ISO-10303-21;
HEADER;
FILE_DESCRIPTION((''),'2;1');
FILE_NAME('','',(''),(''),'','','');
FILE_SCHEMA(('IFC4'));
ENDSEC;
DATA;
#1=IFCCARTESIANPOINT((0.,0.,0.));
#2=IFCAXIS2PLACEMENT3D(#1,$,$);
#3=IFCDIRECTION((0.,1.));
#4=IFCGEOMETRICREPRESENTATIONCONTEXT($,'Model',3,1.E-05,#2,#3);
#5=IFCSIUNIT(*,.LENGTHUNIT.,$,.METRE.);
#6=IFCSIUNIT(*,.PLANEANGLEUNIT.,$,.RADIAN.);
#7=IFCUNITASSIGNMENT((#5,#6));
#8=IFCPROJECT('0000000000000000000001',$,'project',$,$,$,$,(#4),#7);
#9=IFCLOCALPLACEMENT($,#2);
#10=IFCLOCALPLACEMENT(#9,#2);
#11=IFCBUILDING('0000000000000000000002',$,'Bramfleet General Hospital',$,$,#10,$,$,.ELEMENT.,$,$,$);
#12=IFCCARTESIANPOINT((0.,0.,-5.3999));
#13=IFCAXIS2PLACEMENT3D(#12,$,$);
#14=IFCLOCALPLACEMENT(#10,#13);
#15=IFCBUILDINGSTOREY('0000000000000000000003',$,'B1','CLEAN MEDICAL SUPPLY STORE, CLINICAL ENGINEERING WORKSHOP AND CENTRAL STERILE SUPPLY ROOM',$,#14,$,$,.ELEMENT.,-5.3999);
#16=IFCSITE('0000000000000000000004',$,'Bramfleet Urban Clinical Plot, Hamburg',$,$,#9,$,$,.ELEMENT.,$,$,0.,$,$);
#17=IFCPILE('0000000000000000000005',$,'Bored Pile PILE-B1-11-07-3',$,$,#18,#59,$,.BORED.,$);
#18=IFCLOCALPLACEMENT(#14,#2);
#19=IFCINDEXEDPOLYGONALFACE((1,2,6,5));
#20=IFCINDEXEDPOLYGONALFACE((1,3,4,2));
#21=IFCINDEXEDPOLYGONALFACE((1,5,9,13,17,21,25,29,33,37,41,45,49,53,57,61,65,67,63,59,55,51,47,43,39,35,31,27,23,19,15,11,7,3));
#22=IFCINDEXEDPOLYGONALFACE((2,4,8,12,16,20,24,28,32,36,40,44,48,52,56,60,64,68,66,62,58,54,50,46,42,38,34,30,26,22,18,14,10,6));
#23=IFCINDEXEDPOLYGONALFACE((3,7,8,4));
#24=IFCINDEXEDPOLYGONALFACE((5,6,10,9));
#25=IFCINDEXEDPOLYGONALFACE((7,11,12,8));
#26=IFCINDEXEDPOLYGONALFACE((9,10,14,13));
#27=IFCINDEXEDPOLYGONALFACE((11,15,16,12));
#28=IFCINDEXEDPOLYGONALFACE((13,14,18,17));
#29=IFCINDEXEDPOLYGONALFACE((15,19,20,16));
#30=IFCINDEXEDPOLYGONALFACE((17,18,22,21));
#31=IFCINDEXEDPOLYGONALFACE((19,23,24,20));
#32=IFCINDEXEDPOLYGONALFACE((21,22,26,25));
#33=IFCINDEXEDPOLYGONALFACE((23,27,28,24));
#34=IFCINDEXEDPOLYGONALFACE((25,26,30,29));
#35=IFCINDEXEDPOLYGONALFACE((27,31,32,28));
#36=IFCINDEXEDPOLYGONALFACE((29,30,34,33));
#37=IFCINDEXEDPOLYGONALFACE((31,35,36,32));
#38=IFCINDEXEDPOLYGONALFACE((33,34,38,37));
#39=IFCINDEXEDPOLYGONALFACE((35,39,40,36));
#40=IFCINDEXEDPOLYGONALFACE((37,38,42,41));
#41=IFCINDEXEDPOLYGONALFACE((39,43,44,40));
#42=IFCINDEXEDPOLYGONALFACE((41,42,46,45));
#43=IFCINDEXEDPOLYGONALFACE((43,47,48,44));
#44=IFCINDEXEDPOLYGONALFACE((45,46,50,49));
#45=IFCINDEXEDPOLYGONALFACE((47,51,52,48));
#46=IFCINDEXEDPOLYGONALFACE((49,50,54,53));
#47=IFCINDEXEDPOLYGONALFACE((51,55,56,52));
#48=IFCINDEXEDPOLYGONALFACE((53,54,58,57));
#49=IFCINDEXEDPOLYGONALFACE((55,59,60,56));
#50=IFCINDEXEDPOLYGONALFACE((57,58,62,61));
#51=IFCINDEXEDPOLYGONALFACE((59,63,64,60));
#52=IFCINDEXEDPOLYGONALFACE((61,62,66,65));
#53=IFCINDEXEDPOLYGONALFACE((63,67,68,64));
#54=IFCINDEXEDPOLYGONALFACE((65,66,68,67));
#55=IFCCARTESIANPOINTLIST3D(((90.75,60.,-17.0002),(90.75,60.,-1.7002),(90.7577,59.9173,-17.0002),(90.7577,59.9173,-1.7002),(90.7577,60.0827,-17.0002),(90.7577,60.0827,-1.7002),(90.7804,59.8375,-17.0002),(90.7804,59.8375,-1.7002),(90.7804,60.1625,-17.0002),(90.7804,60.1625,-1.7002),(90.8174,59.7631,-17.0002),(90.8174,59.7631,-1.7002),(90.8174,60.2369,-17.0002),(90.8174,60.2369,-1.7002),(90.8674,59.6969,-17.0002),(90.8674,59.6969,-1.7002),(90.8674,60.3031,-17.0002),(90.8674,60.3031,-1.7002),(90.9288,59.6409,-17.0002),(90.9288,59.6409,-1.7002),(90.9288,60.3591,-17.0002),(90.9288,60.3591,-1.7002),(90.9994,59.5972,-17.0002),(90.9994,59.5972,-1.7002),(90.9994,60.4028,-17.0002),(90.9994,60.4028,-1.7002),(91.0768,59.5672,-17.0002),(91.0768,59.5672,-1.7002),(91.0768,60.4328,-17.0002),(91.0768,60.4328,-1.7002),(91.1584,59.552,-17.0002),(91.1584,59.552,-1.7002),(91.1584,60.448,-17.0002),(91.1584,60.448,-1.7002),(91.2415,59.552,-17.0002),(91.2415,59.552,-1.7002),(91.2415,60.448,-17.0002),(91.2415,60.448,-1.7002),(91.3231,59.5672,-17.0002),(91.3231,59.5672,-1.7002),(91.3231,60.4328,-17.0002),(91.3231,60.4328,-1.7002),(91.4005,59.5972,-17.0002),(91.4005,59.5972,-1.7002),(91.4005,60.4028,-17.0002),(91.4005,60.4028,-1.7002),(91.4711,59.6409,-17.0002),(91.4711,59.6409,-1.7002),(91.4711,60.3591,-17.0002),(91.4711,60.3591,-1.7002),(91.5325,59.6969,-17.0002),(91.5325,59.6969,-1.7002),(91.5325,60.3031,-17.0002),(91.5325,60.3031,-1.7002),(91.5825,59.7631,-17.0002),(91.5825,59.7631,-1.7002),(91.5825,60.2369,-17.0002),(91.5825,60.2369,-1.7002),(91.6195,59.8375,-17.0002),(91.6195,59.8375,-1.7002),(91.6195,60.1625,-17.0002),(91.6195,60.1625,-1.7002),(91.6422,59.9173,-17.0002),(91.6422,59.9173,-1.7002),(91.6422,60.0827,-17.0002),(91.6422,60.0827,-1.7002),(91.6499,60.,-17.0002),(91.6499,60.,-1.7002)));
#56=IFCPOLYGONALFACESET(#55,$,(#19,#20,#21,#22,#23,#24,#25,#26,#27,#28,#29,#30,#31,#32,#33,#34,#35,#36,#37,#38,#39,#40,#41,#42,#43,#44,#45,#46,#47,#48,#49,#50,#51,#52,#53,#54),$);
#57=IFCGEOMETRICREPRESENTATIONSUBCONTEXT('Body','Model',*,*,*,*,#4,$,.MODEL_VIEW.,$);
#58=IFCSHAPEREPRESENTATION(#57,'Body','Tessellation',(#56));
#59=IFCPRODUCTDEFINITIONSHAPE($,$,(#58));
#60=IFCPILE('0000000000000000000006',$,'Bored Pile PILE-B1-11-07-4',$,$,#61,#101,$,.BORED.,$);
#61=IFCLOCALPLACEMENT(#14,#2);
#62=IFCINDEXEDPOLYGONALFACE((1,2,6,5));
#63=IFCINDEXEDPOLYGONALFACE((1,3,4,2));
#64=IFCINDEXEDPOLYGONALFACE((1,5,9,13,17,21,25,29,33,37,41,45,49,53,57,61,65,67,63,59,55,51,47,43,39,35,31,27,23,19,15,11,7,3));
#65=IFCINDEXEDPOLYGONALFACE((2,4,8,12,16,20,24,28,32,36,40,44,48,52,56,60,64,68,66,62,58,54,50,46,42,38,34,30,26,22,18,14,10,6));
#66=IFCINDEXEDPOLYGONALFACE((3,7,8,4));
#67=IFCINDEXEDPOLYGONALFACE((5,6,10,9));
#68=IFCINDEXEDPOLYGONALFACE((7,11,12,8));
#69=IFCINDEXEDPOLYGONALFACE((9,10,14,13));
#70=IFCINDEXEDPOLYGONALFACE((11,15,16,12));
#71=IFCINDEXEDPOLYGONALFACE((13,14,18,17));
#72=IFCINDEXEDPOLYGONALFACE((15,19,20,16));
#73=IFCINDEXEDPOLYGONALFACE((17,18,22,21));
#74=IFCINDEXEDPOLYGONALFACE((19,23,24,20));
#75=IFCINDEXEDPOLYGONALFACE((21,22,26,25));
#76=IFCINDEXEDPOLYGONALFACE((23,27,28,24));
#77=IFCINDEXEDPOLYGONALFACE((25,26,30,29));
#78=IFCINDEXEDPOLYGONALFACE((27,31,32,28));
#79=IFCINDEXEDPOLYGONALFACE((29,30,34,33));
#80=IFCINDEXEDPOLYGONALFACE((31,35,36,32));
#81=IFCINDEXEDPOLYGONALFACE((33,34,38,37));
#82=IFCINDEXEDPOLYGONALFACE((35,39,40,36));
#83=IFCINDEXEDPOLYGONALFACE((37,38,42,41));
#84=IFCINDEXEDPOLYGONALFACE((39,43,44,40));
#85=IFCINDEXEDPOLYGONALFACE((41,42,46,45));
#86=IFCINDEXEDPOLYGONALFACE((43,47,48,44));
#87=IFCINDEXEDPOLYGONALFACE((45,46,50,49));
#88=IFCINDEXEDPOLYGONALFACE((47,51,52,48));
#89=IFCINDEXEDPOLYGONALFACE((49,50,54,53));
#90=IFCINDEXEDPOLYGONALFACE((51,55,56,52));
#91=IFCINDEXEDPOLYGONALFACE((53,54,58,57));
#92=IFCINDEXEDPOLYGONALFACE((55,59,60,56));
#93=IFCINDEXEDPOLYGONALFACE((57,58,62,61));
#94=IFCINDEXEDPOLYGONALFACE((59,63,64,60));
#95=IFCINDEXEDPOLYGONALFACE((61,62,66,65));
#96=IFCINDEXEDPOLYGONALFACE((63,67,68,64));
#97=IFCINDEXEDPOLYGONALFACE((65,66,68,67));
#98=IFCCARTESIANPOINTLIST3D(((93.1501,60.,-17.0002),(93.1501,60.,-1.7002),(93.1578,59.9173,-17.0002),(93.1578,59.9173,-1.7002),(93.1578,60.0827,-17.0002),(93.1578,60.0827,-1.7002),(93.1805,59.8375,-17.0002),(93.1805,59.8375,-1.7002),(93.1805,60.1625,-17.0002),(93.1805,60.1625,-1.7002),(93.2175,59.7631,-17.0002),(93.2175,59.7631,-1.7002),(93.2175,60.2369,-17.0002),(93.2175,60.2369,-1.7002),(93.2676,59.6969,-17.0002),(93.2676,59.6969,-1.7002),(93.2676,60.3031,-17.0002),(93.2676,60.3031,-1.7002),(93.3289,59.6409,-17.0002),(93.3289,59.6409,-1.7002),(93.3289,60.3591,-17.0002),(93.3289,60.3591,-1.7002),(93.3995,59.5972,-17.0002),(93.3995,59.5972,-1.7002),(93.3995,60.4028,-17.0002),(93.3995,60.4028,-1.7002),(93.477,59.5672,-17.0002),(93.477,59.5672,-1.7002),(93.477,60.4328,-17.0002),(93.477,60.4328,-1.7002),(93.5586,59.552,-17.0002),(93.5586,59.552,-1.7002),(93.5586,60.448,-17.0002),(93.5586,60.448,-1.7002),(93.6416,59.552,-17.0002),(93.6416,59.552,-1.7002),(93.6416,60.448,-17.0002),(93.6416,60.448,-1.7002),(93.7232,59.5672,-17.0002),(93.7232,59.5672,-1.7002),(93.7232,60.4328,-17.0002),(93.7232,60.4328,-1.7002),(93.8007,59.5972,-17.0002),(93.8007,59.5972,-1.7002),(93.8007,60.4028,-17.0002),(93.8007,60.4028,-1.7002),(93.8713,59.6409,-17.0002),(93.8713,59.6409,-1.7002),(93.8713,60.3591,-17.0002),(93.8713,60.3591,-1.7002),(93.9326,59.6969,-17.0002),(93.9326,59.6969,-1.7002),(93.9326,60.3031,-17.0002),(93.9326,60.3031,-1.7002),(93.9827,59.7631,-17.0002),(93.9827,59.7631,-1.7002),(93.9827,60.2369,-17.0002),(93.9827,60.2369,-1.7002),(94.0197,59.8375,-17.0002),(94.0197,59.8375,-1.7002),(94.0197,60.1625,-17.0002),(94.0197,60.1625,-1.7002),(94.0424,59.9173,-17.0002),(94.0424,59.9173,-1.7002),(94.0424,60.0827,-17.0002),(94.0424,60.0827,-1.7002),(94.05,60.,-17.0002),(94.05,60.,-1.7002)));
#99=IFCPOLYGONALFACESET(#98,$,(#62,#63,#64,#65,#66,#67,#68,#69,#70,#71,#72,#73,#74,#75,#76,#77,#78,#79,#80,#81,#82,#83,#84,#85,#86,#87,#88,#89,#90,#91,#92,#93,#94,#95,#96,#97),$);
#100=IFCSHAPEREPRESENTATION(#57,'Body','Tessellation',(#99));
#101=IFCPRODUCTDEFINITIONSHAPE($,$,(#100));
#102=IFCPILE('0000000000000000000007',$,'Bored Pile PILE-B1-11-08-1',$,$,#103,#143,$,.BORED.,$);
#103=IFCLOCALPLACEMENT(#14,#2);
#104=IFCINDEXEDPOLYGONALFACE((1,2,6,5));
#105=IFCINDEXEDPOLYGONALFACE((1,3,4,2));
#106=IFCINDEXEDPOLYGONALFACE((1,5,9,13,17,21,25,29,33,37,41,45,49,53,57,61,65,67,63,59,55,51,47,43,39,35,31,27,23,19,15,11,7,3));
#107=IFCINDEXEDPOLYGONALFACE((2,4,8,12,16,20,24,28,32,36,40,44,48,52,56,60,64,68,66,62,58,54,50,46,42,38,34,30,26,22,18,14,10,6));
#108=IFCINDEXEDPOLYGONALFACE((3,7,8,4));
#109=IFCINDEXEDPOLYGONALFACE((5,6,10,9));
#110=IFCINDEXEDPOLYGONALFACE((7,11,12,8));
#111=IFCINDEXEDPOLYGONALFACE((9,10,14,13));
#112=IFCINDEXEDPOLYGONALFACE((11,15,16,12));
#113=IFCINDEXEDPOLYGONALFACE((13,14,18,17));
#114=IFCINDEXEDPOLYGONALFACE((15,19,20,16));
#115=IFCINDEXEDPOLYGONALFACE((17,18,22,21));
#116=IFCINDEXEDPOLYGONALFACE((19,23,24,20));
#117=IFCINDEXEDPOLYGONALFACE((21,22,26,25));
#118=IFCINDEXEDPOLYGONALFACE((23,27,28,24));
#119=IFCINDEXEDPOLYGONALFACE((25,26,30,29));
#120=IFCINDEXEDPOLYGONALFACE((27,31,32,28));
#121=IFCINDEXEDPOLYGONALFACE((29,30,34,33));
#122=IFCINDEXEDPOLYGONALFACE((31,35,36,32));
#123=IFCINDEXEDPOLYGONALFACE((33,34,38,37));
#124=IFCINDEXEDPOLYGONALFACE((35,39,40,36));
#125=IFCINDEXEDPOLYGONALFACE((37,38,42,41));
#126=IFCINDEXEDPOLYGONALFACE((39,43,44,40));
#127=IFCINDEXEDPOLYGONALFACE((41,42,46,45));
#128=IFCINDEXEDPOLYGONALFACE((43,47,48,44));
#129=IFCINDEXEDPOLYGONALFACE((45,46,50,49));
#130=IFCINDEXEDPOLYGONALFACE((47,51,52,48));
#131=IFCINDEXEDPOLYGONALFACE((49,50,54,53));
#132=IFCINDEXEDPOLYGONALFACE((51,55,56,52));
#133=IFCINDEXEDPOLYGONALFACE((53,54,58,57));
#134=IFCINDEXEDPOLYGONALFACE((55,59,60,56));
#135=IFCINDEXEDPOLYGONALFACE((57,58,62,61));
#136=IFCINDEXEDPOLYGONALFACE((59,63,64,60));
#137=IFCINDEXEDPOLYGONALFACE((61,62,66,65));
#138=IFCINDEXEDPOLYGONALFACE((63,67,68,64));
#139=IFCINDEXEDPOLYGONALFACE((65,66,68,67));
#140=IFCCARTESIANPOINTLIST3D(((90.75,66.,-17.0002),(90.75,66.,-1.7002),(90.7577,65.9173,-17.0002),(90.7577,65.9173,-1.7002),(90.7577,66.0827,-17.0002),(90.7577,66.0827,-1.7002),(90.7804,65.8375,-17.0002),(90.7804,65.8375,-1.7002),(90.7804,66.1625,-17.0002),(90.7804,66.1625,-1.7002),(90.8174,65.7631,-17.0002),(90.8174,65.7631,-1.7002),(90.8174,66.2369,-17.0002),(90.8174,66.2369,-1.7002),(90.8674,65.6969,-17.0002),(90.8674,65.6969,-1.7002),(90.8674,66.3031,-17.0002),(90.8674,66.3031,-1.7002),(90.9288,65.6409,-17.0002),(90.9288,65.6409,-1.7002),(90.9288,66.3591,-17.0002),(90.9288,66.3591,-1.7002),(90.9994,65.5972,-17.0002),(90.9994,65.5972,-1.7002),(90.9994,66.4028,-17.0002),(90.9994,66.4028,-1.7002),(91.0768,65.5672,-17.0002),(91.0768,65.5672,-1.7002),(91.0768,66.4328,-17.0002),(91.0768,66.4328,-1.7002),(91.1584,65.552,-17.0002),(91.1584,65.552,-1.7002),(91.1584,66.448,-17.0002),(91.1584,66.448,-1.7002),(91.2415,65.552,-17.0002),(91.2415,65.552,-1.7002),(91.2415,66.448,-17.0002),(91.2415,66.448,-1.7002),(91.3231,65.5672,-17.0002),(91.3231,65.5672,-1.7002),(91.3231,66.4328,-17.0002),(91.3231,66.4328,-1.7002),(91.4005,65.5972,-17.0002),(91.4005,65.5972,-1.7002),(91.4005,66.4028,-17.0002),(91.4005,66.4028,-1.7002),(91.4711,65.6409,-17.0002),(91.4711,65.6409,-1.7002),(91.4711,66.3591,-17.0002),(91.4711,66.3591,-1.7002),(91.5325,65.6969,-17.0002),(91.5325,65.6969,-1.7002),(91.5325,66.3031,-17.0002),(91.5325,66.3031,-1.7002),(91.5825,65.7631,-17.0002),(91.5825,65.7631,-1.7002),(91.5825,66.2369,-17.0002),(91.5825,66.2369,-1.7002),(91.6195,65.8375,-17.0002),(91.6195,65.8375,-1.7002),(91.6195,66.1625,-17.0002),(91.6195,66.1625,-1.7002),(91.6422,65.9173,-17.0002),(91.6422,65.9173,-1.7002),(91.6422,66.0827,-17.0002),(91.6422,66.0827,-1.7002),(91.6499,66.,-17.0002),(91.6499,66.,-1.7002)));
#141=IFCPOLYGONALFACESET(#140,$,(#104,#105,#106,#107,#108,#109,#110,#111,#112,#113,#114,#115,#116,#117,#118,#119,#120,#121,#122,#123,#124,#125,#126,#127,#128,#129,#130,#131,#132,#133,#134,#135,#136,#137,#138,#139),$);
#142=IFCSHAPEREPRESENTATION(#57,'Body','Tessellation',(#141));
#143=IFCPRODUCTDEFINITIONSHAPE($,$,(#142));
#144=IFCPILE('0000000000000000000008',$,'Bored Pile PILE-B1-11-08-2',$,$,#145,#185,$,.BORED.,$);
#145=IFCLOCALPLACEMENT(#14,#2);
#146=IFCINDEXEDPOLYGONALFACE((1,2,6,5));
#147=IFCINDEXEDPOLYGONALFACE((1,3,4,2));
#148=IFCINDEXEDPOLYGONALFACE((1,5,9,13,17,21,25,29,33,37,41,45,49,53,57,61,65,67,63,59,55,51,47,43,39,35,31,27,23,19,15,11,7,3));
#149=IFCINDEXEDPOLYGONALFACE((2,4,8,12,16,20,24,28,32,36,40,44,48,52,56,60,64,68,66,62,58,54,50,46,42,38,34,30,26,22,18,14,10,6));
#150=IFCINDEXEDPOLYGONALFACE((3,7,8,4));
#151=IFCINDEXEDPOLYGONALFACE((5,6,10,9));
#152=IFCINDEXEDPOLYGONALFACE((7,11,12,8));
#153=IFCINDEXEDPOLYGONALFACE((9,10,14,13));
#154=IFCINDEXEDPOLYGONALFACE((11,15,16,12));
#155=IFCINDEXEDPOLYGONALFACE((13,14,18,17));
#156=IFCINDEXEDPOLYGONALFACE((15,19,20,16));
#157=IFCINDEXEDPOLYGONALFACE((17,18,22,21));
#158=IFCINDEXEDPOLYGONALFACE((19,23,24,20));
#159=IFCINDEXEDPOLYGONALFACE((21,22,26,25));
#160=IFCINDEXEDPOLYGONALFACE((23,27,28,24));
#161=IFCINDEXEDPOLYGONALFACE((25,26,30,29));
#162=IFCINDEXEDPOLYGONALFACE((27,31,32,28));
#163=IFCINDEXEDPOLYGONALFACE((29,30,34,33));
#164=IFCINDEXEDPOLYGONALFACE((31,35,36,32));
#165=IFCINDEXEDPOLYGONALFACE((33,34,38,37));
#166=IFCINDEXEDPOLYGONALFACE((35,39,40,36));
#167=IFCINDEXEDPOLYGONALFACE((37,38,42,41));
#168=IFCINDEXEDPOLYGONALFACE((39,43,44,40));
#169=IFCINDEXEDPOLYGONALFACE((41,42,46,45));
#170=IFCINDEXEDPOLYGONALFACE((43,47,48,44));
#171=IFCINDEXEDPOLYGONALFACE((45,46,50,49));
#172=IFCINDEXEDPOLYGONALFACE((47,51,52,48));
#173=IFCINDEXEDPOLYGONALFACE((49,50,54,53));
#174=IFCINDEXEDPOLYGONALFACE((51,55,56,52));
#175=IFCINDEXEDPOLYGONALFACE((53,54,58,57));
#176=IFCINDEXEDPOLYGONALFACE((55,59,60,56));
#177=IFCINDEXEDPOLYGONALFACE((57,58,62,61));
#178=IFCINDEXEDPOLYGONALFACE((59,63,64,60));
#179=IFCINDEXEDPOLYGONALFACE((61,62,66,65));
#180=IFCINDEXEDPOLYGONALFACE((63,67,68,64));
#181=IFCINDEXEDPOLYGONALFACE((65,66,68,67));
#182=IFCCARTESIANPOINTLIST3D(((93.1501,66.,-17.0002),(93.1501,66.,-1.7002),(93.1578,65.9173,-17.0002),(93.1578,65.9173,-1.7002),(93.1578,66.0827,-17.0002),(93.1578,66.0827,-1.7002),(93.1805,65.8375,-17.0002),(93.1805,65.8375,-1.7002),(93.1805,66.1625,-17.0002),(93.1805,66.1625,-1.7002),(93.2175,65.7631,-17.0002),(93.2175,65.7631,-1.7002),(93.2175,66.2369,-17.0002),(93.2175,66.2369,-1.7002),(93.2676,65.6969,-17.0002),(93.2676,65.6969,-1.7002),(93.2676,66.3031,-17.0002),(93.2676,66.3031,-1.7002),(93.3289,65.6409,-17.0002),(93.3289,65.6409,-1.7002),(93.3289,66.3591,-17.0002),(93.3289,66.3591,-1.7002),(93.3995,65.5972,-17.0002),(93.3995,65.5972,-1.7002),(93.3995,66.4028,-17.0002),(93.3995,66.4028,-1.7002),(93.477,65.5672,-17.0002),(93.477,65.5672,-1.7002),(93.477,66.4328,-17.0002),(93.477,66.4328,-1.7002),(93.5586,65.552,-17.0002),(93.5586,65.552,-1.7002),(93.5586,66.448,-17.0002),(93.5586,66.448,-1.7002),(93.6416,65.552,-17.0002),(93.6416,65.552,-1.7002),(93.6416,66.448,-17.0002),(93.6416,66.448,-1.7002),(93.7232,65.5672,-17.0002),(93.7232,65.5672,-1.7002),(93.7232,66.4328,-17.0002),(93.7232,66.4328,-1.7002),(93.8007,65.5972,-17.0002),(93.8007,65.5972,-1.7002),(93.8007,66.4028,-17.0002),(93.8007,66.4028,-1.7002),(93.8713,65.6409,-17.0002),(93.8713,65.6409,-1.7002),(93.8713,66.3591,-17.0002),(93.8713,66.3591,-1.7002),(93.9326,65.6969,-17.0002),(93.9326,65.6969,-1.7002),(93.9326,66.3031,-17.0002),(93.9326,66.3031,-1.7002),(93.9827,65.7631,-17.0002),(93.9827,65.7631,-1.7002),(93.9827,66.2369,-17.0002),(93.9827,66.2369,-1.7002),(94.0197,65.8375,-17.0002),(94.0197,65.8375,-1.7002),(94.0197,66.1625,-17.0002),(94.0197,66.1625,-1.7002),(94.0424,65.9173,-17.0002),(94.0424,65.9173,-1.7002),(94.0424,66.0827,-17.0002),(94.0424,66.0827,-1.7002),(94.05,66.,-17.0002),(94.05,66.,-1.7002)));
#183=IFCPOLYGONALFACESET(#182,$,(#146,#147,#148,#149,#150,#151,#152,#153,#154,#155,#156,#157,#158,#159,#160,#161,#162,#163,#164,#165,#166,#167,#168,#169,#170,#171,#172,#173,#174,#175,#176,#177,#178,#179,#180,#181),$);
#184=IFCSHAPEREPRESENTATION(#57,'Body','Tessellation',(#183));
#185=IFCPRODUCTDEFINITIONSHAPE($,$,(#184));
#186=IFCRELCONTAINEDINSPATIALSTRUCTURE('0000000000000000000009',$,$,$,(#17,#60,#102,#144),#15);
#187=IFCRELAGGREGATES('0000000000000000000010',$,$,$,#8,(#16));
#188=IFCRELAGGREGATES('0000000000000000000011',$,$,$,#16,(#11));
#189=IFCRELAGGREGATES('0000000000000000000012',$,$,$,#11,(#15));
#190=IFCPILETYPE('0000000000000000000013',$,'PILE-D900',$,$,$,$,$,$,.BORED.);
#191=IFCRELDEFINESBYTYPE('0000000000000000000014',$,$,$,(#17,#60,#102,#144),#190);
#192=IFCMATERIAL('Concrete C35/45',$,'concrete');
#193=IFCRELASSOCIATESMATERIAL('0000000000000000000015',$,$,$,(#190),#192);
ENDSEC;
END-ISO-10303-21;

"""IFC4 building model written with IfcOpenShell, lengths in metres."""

from ifc_helpers import new_model, si_unit, direction, frame, origin, origin_2d, place, context, subcontext, project, spatial, circle, extrude, material, material_profile, profile_set, type_object, element, save


model = new_model("IFC4")

# Units and contexts
model_context = context("Model", 3, precision=1e-05, world=origin(), true_north=direction((0.0, 1.0)))
body_context = subcontext(model_context, "Body", "Model", "MODEL_VIEW")
ifc_project = project(units=[si_unit("LENGTHUNIT", "METRE"), si_unit("PLANEANGLEUNIT", "RADIAN")], contexts=[model_context])

# Site, building, storey
site_placement = place(None, origin())
site = spatial("IfcSite", under=ifc_project, at=site_placement, Name="Bramfleet Urban Clinical Plot, Hamburg", CompositionType="ELEMENT", RefElevation=0.0)
building_placement = place(site_placement, origin())
building = spatial("IfcBuilding", under=site, at=building_placement, Name="Bramfleet General Hospital", CompositionType="ELEMENT")
storey_placement = place(building_placement, frame((0.0, 0.0, -5.3999)))
storey = spatial("IfcBuildingStorey", under=building, at=storey_placement, Name="B1", Description="CLEAN MEDICAL SUPPLY STORE, CLINICAL ENGINEERING WORKSHOP AND CENTRAL STERILE SUPPLY ROOM", CompositionType="ELEMENT", Elevation=-5.3999)

# Shared definitions
ifc_material_1 = material(Name="Concrete C35/45", Category="concrete")

# Piles
ifc_material_profile_1 = material_profile(ifc_material_1, circle(Radius=0.45, at=origin_2d()), Name="PILE BORED D900")
ifc_profile_set_1 = profile_set([ifc_material_profile_1], Name="Concrete C35/45")
pile_type_1 = type_object("IfcPileType", Name="PILE-D900", PredefinedType="BORED", material=ifc_profile_set_1)
for number, where, z_axis, x_axis, name in (
    (1, (91.2, 60.0, -1.7002), (0.0, 0.0, -1.0), (1.0, 0.0, 0.0), "Bored Pile PILE-B1-11-07-3"),
    (2, (93.6001, 60.0, -1.7002), (0.0, 0.0, -1.0), (1.0, 0.0, 0.0), "Bored Pile PILE-B1-11-07-4"),
    (3, (91.2, 66.0, -1.7002), (0.0, 0.0, -1.0), (1.0, 0.0, 0.0), "Bored Pile PILE-B1-11-08-1"),
    (4, (93.6001, 66.0, -1.7002), (0.0, 0.0, -1.0), (1.0, 0.0, 0.0), "Bored Pile PILE-B1-11-08-2"),
):
    element("IfcPile", number, at=place(storey_placement, frame(where, z_axis=z_axis, x_axis=x_axis)), inside=storey, type_object=pile_type_1, Name=name, PredefinedType="BORED", context=body_context, shape_type="SweptSolid", body=[
        extrude(circle(Radius=0.45, at=origin_2d()), origin(), (0.0, 0.0, 1.0), 15.3),
    ])

save(model, "model.ifc")
